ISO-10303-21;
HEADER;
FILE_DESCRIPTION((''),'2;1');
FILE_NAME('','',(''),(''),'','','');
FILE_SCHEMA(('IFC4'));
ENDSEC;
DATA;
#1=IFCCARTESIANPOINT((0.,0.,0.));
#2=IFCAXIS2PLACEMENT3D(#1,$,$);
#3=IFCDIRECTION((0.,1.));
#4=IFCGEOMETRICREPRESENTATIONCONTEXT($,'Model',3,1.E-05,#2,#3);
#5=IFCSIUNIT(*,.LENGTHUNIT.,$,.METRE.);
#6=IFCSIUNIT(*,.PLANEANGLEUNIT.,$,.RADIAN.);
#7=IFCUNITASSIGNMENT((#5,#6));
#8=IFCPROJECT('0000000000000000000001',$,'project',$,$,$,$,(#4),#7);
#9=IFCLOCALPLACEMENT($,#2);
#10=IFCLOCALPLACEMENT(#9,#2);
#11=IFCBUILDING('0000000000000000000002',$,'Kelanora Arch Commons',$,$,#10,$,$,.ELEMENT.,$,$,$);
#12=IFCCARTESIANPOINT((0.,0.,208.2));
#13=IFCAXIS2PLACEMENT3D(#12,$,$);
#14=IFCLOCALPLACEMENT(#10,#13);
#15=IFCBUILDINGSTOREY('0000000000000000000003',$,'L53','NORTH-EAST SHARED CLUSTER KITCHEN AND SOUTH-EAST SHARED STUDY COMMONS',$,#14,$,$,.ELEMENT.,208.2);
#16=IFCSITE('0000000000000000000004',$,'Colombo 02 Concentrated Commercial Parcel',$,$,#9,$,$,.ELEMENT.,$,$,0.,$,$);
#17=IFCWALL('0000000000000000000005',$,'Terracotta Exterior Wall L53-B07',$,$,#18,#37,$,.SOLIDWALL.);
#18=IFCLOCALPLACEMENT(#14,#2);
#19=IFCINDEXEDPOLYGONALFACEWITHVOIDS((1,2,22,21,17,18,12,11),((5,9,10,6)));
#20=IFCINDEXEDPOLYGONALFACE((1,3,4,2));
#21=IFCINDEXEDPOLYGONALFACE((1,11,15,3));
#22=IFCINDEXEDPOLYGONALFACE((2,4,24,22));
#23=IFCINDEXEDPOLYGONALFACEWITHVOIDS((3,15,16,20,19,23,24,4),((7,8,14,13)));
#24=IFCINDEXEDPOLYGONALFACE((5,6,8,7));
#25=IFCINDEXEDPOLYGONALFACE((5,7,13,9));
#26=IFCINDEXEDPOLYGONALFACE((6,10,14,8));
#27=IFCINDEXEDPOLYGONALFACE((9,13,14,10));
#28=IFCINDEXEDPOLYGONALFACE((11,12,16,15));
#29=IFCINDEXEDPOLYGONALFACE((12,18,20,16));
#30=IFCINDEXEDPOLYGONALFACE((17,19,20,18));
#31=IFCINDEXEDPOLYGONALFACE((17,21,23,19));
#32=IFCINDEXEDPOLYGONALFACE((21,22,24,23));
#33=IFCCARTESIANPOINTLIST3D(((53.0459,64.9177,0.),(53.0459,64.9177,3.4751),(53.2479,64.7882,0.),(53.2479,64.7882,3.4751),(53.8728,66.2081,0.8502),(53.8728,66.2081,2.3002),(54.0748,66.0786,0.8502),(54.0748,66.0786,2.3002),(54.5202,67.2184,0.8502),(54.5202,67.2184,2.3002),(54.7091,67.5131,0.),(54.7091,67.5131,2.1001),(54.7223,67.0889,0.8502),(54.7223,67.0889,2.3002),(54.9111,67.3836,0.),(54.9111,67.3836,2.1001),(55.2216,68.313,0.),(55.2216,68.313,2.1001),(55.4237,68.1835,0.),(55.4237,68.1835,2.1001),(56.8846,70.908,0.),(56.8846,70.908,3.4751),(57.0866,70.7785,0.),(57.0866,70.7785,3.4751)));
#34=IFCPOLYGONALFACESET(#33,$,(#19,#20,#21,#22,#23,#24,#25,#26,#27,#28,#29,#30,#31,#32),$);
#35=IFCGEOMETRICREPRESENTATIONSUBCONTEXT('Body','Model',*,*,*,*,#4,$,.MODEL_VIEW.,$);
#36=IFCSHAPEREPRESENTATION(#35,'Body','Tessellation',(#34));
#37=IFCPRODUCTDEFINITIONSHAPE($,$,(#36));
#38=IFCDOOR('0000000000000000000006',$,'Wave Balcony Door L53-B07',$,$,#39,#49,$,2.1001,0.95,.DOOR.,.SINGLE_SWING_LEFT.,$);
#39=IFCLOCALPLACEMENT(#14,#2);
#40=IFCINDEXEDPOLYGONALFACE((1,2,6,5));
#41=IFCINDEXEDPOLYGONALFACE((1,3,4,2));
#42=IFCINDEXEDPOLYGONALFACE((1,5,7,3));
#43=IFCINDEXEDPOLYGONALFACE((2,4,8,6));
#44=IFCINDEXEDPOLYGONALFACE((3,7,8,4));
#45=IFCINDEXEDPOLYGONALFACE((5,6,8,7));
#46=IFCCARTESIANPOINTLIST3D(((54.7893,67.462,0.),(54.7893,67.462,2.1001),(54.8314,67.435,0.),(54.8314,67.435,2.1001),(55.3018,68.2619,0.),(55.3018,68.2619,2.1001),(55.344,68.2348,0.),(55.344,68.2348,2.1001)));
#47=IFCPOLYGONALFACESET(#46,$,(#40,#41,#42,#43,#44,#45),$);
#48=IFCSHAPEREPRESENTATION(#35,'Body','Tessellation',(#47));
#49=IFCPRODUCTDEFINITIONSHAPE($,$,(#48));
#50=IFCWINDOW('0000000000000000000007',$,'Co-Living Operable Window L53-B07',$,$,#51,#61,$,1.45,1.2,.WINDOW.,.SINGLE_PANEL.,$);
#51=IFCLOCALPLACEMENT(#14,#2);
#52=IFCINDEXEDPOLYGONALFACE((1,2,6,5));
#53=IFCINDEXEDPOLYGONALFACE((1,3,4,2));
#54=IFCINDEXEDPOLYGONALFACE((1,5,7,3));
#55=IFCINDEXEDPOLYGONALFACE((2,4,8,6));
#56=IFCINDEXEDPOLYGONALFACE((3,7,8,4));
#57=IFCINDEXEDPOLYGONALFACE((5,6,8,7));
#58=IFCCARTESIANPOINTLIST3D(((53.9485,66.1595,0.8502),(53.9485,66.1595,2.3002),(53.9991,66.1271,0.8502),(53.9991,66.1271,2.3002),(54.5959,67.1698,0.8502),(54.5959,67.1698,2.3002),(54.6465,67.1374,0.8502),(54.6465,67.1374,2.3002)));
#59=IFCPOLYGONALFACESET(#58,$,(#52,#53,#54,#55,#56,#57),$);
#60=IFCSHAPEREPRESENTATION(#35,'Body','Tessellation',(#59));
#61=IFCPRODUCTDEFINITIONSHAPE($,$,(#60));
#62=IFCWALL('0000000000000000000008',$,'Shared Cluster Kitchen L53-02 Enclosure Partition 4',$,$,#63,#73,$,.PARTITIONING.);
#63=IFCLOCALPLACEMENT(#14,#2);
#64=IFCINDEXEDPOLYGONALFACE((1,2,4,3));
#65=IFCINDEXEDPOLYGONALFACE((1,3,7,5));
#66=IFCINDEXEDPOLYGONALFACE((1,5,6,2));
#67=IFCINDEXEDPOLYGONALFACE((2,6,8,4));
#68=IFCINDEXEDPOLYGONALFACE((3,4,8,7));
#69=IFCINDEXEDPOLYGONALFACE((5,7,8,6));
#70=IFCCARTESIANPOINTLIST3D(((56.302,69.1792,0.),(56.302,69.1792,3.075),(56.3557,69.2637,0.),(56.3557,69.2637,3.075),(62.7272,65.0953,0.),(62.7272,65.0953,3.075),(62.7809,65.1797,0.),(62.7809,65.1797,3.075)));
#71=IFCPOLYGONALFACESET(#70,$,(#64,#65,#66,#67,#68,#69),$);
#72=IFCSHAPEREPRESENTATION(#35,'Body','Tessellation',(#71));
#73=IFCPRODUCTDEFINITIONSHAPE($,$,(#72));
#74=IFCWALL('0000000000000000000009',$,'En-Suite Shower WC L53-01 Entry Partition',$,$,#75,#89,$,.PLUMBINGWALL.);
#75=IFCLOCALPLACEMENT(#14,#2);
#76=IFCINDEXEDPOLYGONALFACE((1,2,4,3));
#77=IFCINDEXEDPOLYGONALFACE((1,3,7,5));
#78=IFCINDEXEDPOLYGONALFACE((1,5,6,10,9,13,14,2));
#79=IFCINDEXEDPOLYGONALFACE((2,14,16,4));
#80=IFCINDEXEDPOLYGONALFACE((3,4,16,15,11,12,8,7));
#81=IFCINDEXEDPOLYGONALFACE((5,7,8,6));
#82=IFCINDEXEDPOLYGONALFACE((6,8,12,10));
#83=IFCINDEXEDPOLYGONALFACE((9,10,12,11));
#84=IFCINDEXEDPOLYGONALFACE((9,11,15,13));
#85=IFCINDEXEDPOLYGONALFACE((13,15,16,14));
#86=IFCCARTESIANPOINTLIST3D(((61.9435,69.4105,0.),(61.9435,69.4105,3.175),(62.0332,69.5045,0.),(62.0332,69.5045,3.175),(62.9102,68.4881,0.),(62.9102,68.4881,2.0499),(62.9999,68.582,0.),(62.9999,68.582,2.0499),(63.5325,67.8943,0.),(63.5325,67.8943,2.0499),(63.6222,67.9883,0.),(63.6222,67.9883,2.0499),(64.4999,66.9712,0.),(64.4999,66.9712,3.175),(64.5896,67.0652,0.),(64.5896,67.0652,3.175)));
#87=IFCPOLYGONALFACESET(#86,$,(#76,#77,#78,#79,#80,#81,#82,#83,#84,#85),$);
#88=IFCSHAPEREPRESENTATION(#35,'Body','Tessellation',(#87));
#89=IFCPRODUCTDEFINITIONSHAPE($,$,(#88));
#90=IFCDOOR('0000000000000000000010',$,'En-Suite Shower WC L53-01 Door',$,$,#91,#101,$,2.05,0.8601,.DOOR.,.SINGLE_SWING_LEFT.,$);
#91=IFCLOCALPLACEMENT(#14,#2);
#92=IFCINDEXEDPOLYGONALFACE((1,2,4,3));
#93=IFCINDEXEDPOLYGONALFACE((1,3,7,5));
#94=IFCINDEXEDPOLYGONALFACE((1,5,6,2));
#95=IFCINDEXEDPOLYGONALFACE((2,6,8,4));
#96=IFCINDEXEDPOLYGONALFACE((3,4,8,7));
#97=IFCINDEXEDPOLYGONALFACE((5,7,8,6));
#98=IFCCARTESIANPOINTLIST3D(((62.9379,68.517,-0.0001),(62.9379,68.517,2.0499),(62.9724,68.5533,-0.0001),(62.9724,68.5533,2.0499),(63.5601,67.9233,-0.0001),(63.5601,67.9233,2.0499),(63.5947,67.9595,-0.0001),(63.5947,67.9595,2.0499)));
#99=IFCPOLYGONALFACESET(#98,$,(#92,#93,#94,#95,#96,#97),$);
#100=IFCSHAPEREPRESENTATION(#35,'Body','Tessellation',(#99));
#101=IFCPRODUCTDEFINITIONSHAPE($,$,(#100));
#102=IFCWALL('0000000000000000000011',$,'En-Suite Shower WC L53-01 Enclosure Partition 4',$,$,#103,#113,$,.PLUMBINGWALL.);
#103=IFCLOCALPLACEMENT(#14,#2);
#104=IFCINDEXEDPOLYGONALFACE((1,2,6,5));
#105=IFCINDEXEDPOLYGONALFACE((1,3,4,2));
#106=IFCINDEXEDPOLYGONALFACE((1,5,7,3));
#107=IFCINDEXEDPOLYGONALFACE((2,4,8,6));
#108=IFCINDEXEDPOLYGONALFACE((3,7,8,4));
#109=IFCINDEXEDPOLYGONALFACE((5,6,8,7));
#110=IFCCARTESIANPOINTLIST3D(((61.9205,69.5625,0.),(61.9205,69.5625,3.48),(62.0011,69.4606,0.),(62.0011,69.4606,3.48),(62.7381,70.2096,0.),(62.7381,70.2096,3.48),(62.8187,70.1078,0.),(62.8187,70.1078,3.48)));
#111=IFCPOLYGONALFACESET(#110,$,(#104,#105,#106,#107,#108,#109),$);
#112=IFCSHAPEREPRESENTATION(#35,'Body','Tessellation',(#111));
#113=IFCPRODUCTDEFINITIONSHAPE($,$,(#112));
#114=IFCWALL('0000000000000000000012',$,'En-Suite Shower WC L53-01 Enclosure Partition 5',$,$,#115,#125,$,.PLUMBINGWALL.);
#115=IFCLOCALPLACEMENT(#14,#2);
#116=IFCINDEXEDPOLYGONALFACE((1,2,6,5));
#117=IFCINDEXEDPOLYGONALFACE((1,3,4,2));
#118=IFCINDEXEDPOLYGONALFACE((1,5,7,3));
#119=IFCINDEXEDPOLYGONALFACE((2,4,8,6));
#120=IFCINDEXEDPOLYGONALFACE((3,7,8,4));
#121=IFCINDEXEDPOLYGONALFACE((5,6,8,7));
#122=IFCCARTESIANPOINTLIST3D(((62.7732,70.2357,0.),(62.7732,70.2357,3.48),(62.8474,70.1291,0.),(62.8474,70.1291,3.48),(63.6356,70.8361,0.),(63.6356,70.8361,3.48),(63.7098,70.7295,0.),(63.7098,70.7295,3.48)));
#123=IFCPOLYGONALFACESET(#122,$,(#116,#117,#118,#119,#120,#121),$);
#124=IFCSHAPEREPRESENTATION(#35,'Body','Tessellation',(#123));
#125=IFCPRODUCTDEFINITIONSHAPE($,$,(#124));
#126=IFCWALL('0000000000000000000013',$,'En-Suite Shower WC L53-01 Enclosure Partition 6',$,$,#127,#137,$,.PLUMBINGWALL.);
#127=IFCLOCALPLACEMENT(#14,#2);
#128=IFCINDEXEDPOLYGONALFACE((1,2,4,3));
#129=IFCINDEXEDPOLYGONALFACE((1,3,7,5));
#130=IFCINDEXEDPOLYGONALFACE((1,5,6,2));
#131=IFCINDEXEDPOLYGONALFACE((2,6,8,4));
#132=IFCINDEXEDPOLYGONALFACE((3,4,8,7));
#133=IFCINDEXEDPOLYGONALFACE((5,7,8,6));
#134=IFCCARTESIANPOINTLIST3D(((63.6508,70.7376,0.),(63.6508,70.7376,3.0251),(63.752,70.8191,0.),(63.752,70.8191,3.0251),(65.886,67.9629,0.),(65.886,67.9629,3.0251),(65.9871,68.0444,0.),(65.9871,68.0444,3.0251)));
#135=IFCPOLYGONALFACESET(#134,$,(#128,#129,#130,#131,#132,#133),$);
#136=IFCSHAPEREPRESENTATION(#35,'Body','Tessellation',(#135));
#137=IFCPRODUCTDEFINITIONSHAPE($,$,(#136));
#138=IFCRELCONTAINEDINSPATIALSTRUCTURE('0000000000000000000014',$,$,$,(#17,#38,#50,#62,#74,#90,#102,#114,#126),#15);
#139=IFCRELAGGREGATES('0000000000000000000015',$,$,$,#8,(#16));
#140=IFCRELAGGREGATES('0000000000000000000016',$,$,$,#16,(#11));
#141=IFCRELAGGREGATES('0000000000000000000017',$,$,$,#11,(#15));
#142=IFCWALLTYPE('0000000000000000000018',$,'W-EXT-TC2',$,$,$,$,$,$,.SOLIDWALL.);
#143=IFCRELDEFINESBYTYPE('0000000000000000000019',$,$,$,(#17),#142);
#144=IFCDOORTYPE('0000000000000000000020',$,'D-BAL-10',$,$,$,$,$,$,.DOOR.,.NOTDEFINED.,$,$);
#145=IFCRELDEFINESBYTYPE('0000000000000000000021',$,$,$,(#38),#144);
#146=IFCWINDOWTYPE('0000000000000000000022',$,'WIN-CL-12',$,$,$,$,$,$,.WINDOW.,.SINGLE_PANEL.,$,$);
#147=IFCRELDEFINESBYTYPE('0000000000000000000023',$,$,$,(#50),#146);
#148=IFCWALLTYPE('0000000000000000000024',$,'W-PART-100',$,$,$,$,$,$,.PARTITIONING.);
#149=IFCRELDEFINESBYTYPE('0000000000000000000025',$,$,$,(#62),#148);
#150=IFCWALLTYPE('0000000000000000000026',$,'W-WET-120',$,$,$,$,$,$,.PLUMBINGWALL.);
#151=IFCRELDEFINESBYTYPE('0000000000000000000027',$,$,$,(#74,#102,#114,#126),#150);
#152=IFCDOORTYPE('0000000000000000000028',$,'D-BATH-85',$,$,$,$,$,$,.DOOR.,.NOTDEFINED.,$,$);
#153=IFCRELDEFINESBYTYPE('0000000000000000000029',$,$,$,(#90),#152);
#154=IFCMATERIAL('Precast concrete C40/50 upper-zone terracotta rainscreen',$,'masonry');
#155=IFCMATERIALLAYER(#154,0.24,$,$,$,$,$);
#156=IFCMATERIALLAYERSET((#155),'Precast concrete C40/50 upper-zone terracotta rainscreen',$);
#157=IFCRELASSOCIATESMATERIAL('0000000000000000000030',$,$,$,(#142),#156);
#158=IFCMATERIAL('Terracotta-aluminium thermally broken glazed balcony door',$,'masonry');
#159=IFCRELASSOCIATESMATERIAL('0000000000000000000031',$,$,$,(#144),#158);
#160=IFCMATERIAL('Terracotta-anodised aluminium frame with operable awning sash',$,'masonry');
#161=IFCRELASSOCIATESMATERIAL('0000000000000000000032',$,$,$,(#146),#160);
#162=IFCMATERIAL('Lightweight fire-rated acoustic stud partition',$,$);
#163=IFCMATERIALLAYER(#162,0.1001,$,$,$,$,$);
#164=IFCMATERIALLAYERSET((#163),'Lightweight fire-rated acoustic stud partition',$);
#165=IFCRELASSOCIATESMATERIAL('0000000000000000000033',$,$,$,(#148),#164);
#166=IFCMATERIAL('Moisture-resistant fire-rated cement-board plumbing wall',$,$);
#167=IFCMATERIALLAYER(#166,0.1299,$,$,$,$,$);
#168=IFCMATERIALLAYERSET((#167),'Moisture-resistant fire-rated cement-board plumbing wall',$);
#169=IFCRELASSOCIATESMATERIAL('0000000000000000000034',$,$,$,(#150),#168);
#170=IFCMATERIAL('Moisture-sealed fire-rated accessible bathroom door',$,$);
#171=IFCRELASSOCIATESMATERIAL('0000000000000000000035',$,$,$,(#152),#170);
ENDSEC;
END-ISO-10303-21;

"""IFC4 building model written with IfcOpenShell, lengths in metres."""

from ifc_helpers import new_model, si_unit, direction, frame, frame_2d, origin, place, context, subcontext, project, spatial, rectangle, extrude, material, layer, layer_set, type_object, element, fill, save


model = new_model("IFC4")

# Units and contexts
model_context = context("Model", 3, precision=1e-05, world=origin(), true_north=direction((0.0, 1.0)))
body_context = subcontext(model_context, "Body", "Model", "MODEL_VIEW")
ifc_project = project(units=[si_unit("LENGTHUNIT", "METRE"), si_unit("PLANEANGLEUNIT", "RADIAN")], contexts=[model_context])

# Site, building, storey
site_placement = place(None, origin())
site = spatial("IfcSite", under=ifc_project, at=site_placement, Name="Colombo 02 Concentrated Commercial Parcel", CompositionType="ELEMENT", RefElevation=0.0)
building_placement = place(site_placement, origin())
building = spatial("IfcBuilding", under=site, at=building_placement, Name="Kelanora Arch Commons", CompositionType="ELEMENT")
storey_placement = place(building_placement, frame((0.0, 0.0, 208.2)))
storey = spatial("IfcBuildingStorey", under=building, at=storey_placement, Name="L53", Description="NORTH-EAST SHARED CLUSTER KITCHEN AND SOUTH-EAST SHARED STUDY COMMONS", CompositionType="ELEMENT", Elevation=208.2)

# Shared definitions
ifc_material_1 = material(Name="Precast concrete C40/50 upper-zone terracotta rainscreen", Category="masonry")
ifc_layer_1 = layer(ifc_material_1, 0.24)
ifc_layer_set_1 = layer_set([ifc_layer_1], Name="Precast concrete C40/50 upper-zone terracotta rainscreen")
wall_type_1 = type_object("IfcWallType", Name="W-EXT-TC2", PredefinedType="SOLIDWALL", material=ifc_layer_set_1)

# Wall, openings, door, window
wall_1_placement = place(storey_placement, frame((56.9856, 70.8433, 0.0), z_axis=(0.0, 0.0, 1.0), x_axis=(-0.53954, -0.84196, 0.0)))
wall_1 = element("IfcWall", 1, at=wall_1_placement, inside=storey, type_object=wall_type_1, Name="Terracotta Exterior Wall L53-B07", PredefinedType="SOLIDWALL", context=body_context, shape_type="SweptSolid", body=[
    extrude(rectangle(XDim=7.1147, YDim=0.24, at=frame_2d((3.5574, 0.0))), origin(), (0.0, 0.0, 1.0), 3.4751),
])
opening_1_placement = place(wall_1_placement, frame((3.082, 0.0, 0.0)))
opening_1 = element("IfcOpeningElement", 2, at=opening_1_placement, cuts=wall_1, PredefinedType="OPENING", context=body_context, shape_type="SweptSolid", body=[
    extrude(rectangle(XDim=0.95, YDim=2.1001, at=frame_2d((0.4751, 1.05))), frame((0.0, 0.1299, 0.0), z_axis=(0.0, -1.0, 0.0), x_axis=(1.0, 0.0, 0.0)), (0.0, 0.0, 1.0), 0.26),
])
opening_2_placement = place(wall_1_placement, frame((4.3821, 0.0, 0.8501)))
opening_2 = element("IfcOpeningElement", 3, at=opening_2_placement, cuts=wall_1, PredefinedType="OPENING", context=body_context, shape_type="SweptSolid", body=[
    extrude(rectangle(XDim=1.2, YDim=1.45, at=frame_2d((0.6001, 0.7251))), frame((0.0, 0.1299, 0.0), z_axis=(0.0, -1.0, 0.0), x_axis=(1.0, 0.0, 0.0)), (0.0, 0.0, 1.0), 0.26),
])
ifc_material_2 = material(Name="Terracotta-aluminium thermally broken glazed balcony door", Category="masonry")
door_type_1 = type_object("IfcDoorType", Name="D-BAL-10", OperationType="NOTDEFINED", PredefinedType="DOOR", material=ifc_material_2)
door_1_placement = place(opening_1_placement, frame((0.95, 0.0, 0.0), z_axis=(0.0, 0.0, 1.0), x_axis=(-1.0, 0.0, 0.0)))
door_1 = element("IfcDoor", 4, at=door_1_placement, inside=storey, type_object=door_type_1, Name="Wave Balcony Door L53-B07", OperationType="SINGLE_SWING_LEFT", OverallHeight=2.1001, OverallWidth=0.95, PredefinedType="DOOR", context=body_context, shape_type="SweptSolid", body=[
    extrude(rectangle(XDim=0.95, YDim=2.1001, at=frame_2d((0.4751, 1.05))), frame((0.0, 0.0249, 0.0), z_axis=(0.0, -1.0, 0.0), x_axis=(1.0, 0.0, 0.0)), (0.0, 0.0, 1.0), 0.05),
])
fill(opening_1, door_1)
ifc_material_3 = material(Name="Terracotta-anodised aluminium frame with operable awning sash", Category="masonry")
window_type_1 = type_object("IfcWindowType", Name="WIN-CL-12", PartitioningType="SINGLE_PANEL", PredefinedType="WINDOW", material=ifc_material_3)
window_1_placement = place(opening_2_placement, origin())
window_1 = element("IfcWindow", 5, at=window_1_placement, inside=storey, type_object=window_type_1, Name="Co-Living Operable Window L53-B07", OverallHeight=1.45, OverallWidth=1.2, PartitioningType="SINGLE_PANEL", PredefinedType="WINDOW", context=body_context, shape_type="SweptSolid", body=[
    extrude(rectangle(XDim=1.2, YDim=1.45, at=frame_2d((0.6001, 0.7251))), frame((0.0, 0.03, 0.0), z_axis=(0.0, -1.0, 0.0), x_axis=(1.0, 0.0, 0.0)), (0.0, 0.0, 1.0), 0.0601),
])
fill(opening_2, window_1)

# Wall
ifc_material_4 = material(Name="Lightweight fire-rated acoustic stud partition")
ifc_layer_2 = layer(ifc_material_4, 0.1001)
ifc_layer_set_2 = layer_set([ifc_layer_2], Name="Lightweight fire-rated acoustic stud partition")
wall_type_2 = type_object("IfcWallType", Name="W-PART-100", PredefinedType="PARTITIONING", material=ifc_layer_set_2)
wall_2_placement = place(storey_placement, frame((56.3289, 69.2214, 0.0), z_axis=(0.0, 0.0, 1.0), x_axis=(0.843949, -0.536423, 0.0)))
element("IfcWall", 6, at=wall_2_placement, inside=storey, type_object=wall_type_2, Name="Shared Cluster Kitchen L53-02 Enclosure Partition 4", PredefinedType="PARTITIONING", context=body_context, shape_type="SweptSolid", body=[
    extrude(rectangle(XDim=7.6133, YDim=0.1001, at=frame_2d((3.8066, 0.0))), origin(), (0.0, 0.0, 1.0), 3.075),
])

# Wall, opening, door
ifc_material_5 = material(Name="Moisture-resistant fire-rated cement-board plumbing wall")
ifc_layer_3 = layer(ifc_material_5, 0.1299)
ifc_layer_set_3 = layer_set([ifc_layer_3], Name="Moisture-resistant fire-rated cement-board plumbing wall")
wall_type_3 = type_object("IfcWallType", Name="W-WET-120", PredefinedType="PLUMBINGWALL", material=ifc_layer_set_3)
wall_3_placement = place(storey_placement, frame((64.5447, 67.0183, 0.0), z_axis=(0.0, 0.0, 1.0), x_axis=(-0.723495, 0.690329, 0.0)))
wall_3 = element("IfcWall", 7, at=wall_3_placement, inside=storey, type_object=wall_type_3, Name="En-Suite Shower WC L53-01 Entry Partition", PredefinedType="PLUMBINGWALL", context=body_context, shape_type="SweptSolid", body=[
    extrude(rectangle(XDim=3.5334, YDim=0.1299, at=frame_2d((1.7666, 0.0))), origin(), (0.0, 0.0, 1.0), 3.175),
])
opening_3_placement = place(wall_3_placement, frame((1.3369, 0.0, 0.0)))
opening_3 = element("IfcOpeningElement", 8, at=opening_3_placement, cuts=wall_3, PredefinedType="OPENING", context=body_context, shape_type="SweptSolid", body=[
    extrude(rectangle(XDim=0.8601, YDim=2.05, at=frame_2d((0.4302, 1.0249))), frame((0.0, 0.075, 0.0), z_axis=(0.0, -1.0, 0.0), x_axis=(1.0, 0.0, 0.0)), (0.0, 0.0, 1.0), 0.1499),
])
ifc_material_6 = material(Name="Moisture-sealed fire-rated accessible bathroom door")
door_type_2 = type_object("IfcDoorType", Name="D-BATH-85", OperationType="NOTDEFINED", PredefinedType="DOOR", material=ifc_material_6)
door_2_placement = place(opening_3_placement, origin())
door_2 = element("IfcDoor", 9, at=door_2_placement, inside=storey, type_object=door_type_2, Name="En-Suite Shower WC L53-01 Door", OperationType="SINGLE_SWING_LEFT", OverallHeight=2.05, OverallWidth=0.8601, PredefinedType="DOOR", context=body_context, shape_type="SweptSolid", body=[
    extrude(rectangle(XDim=0.8601, YDim=2.05, at=frame_2d((0.4302, 1.0249))), frame((0.0, 0.0249, 0.0), z_axis=(0.0, -1.0, 0.0), x_axis=(1.0, 0.0, 0.0)), (0.0, 0.0, 1.0), 0.05),
])
fill(opening_3, door_2)

# Walls
wall_4_placement = place(storey_placement, frame((61.9607, 69.5115, 0.0), z_axis=(0.0, 0.0, 1.0), x_axis=(0.784079, 0.620661, 0.0)))
element("IfcWall", 10, at=wall_4_placement, inside=storey, type_object=wall_type_3, Name="En-Suite Shower WC L53-01 Enclosure Partition 4", PredefinedType="PLUMBINGWALL", context=body_context, shape_type="SweptSolid", body=[
    extrude(rectangle(XDim=1.0427, YDim=0.1299, at=frame_2d((0.5215, 0.0))), origin(), (0.0, 0.0, 1.0), 3.48),
])
wall_5_placement = place(storey_placement, frame((62.8103, 70.1824, 0.0), z_axis=(0.0, 0.0, 1.0), x_axis=(0.820692, 0.571371, 0.0)))
element("IfcWall", 11, at=wall_5_placement, inside=storey, type_object=wall_type_3, Name="En-Suite Shower WC L53-01 Enclosure Partition 5", PredefinedType="PLUMBINGWALL", context=body_context, shape_type="SweptSolid", body=[
    extrude(rectangle(XDim=1.0508, YDim=0.1299, at=frame_2d((0.5254, 0.0))), origin(), (0.0, 0.0, 1.0), 3.48),
])
wall_6_placement = place(storey_placement, frame((63.7014, 70.7783, 0.0), z_axis=(0.0, 0.0, 1.0), x_axis=(0.627324, -0.778759, 0.0)))
element("IfcWall", 12, at=wall_6_placement, inside=storey, type_object=wall_type_3, Name="En-Suite Shower WC L53-01 Enclosure Partition 6", PredefinedType="PLUMBINGWALL", context=body_context, shape_type="SweptSolid", body=[
    extrude(rectangle(XDim=3.563, YDim=0.1299, at=frame_2d((1.7815, 0.0))), origin(), (0.0, 0.0, 1.0), 3.0251),
])

save(model, "model.ifc")
